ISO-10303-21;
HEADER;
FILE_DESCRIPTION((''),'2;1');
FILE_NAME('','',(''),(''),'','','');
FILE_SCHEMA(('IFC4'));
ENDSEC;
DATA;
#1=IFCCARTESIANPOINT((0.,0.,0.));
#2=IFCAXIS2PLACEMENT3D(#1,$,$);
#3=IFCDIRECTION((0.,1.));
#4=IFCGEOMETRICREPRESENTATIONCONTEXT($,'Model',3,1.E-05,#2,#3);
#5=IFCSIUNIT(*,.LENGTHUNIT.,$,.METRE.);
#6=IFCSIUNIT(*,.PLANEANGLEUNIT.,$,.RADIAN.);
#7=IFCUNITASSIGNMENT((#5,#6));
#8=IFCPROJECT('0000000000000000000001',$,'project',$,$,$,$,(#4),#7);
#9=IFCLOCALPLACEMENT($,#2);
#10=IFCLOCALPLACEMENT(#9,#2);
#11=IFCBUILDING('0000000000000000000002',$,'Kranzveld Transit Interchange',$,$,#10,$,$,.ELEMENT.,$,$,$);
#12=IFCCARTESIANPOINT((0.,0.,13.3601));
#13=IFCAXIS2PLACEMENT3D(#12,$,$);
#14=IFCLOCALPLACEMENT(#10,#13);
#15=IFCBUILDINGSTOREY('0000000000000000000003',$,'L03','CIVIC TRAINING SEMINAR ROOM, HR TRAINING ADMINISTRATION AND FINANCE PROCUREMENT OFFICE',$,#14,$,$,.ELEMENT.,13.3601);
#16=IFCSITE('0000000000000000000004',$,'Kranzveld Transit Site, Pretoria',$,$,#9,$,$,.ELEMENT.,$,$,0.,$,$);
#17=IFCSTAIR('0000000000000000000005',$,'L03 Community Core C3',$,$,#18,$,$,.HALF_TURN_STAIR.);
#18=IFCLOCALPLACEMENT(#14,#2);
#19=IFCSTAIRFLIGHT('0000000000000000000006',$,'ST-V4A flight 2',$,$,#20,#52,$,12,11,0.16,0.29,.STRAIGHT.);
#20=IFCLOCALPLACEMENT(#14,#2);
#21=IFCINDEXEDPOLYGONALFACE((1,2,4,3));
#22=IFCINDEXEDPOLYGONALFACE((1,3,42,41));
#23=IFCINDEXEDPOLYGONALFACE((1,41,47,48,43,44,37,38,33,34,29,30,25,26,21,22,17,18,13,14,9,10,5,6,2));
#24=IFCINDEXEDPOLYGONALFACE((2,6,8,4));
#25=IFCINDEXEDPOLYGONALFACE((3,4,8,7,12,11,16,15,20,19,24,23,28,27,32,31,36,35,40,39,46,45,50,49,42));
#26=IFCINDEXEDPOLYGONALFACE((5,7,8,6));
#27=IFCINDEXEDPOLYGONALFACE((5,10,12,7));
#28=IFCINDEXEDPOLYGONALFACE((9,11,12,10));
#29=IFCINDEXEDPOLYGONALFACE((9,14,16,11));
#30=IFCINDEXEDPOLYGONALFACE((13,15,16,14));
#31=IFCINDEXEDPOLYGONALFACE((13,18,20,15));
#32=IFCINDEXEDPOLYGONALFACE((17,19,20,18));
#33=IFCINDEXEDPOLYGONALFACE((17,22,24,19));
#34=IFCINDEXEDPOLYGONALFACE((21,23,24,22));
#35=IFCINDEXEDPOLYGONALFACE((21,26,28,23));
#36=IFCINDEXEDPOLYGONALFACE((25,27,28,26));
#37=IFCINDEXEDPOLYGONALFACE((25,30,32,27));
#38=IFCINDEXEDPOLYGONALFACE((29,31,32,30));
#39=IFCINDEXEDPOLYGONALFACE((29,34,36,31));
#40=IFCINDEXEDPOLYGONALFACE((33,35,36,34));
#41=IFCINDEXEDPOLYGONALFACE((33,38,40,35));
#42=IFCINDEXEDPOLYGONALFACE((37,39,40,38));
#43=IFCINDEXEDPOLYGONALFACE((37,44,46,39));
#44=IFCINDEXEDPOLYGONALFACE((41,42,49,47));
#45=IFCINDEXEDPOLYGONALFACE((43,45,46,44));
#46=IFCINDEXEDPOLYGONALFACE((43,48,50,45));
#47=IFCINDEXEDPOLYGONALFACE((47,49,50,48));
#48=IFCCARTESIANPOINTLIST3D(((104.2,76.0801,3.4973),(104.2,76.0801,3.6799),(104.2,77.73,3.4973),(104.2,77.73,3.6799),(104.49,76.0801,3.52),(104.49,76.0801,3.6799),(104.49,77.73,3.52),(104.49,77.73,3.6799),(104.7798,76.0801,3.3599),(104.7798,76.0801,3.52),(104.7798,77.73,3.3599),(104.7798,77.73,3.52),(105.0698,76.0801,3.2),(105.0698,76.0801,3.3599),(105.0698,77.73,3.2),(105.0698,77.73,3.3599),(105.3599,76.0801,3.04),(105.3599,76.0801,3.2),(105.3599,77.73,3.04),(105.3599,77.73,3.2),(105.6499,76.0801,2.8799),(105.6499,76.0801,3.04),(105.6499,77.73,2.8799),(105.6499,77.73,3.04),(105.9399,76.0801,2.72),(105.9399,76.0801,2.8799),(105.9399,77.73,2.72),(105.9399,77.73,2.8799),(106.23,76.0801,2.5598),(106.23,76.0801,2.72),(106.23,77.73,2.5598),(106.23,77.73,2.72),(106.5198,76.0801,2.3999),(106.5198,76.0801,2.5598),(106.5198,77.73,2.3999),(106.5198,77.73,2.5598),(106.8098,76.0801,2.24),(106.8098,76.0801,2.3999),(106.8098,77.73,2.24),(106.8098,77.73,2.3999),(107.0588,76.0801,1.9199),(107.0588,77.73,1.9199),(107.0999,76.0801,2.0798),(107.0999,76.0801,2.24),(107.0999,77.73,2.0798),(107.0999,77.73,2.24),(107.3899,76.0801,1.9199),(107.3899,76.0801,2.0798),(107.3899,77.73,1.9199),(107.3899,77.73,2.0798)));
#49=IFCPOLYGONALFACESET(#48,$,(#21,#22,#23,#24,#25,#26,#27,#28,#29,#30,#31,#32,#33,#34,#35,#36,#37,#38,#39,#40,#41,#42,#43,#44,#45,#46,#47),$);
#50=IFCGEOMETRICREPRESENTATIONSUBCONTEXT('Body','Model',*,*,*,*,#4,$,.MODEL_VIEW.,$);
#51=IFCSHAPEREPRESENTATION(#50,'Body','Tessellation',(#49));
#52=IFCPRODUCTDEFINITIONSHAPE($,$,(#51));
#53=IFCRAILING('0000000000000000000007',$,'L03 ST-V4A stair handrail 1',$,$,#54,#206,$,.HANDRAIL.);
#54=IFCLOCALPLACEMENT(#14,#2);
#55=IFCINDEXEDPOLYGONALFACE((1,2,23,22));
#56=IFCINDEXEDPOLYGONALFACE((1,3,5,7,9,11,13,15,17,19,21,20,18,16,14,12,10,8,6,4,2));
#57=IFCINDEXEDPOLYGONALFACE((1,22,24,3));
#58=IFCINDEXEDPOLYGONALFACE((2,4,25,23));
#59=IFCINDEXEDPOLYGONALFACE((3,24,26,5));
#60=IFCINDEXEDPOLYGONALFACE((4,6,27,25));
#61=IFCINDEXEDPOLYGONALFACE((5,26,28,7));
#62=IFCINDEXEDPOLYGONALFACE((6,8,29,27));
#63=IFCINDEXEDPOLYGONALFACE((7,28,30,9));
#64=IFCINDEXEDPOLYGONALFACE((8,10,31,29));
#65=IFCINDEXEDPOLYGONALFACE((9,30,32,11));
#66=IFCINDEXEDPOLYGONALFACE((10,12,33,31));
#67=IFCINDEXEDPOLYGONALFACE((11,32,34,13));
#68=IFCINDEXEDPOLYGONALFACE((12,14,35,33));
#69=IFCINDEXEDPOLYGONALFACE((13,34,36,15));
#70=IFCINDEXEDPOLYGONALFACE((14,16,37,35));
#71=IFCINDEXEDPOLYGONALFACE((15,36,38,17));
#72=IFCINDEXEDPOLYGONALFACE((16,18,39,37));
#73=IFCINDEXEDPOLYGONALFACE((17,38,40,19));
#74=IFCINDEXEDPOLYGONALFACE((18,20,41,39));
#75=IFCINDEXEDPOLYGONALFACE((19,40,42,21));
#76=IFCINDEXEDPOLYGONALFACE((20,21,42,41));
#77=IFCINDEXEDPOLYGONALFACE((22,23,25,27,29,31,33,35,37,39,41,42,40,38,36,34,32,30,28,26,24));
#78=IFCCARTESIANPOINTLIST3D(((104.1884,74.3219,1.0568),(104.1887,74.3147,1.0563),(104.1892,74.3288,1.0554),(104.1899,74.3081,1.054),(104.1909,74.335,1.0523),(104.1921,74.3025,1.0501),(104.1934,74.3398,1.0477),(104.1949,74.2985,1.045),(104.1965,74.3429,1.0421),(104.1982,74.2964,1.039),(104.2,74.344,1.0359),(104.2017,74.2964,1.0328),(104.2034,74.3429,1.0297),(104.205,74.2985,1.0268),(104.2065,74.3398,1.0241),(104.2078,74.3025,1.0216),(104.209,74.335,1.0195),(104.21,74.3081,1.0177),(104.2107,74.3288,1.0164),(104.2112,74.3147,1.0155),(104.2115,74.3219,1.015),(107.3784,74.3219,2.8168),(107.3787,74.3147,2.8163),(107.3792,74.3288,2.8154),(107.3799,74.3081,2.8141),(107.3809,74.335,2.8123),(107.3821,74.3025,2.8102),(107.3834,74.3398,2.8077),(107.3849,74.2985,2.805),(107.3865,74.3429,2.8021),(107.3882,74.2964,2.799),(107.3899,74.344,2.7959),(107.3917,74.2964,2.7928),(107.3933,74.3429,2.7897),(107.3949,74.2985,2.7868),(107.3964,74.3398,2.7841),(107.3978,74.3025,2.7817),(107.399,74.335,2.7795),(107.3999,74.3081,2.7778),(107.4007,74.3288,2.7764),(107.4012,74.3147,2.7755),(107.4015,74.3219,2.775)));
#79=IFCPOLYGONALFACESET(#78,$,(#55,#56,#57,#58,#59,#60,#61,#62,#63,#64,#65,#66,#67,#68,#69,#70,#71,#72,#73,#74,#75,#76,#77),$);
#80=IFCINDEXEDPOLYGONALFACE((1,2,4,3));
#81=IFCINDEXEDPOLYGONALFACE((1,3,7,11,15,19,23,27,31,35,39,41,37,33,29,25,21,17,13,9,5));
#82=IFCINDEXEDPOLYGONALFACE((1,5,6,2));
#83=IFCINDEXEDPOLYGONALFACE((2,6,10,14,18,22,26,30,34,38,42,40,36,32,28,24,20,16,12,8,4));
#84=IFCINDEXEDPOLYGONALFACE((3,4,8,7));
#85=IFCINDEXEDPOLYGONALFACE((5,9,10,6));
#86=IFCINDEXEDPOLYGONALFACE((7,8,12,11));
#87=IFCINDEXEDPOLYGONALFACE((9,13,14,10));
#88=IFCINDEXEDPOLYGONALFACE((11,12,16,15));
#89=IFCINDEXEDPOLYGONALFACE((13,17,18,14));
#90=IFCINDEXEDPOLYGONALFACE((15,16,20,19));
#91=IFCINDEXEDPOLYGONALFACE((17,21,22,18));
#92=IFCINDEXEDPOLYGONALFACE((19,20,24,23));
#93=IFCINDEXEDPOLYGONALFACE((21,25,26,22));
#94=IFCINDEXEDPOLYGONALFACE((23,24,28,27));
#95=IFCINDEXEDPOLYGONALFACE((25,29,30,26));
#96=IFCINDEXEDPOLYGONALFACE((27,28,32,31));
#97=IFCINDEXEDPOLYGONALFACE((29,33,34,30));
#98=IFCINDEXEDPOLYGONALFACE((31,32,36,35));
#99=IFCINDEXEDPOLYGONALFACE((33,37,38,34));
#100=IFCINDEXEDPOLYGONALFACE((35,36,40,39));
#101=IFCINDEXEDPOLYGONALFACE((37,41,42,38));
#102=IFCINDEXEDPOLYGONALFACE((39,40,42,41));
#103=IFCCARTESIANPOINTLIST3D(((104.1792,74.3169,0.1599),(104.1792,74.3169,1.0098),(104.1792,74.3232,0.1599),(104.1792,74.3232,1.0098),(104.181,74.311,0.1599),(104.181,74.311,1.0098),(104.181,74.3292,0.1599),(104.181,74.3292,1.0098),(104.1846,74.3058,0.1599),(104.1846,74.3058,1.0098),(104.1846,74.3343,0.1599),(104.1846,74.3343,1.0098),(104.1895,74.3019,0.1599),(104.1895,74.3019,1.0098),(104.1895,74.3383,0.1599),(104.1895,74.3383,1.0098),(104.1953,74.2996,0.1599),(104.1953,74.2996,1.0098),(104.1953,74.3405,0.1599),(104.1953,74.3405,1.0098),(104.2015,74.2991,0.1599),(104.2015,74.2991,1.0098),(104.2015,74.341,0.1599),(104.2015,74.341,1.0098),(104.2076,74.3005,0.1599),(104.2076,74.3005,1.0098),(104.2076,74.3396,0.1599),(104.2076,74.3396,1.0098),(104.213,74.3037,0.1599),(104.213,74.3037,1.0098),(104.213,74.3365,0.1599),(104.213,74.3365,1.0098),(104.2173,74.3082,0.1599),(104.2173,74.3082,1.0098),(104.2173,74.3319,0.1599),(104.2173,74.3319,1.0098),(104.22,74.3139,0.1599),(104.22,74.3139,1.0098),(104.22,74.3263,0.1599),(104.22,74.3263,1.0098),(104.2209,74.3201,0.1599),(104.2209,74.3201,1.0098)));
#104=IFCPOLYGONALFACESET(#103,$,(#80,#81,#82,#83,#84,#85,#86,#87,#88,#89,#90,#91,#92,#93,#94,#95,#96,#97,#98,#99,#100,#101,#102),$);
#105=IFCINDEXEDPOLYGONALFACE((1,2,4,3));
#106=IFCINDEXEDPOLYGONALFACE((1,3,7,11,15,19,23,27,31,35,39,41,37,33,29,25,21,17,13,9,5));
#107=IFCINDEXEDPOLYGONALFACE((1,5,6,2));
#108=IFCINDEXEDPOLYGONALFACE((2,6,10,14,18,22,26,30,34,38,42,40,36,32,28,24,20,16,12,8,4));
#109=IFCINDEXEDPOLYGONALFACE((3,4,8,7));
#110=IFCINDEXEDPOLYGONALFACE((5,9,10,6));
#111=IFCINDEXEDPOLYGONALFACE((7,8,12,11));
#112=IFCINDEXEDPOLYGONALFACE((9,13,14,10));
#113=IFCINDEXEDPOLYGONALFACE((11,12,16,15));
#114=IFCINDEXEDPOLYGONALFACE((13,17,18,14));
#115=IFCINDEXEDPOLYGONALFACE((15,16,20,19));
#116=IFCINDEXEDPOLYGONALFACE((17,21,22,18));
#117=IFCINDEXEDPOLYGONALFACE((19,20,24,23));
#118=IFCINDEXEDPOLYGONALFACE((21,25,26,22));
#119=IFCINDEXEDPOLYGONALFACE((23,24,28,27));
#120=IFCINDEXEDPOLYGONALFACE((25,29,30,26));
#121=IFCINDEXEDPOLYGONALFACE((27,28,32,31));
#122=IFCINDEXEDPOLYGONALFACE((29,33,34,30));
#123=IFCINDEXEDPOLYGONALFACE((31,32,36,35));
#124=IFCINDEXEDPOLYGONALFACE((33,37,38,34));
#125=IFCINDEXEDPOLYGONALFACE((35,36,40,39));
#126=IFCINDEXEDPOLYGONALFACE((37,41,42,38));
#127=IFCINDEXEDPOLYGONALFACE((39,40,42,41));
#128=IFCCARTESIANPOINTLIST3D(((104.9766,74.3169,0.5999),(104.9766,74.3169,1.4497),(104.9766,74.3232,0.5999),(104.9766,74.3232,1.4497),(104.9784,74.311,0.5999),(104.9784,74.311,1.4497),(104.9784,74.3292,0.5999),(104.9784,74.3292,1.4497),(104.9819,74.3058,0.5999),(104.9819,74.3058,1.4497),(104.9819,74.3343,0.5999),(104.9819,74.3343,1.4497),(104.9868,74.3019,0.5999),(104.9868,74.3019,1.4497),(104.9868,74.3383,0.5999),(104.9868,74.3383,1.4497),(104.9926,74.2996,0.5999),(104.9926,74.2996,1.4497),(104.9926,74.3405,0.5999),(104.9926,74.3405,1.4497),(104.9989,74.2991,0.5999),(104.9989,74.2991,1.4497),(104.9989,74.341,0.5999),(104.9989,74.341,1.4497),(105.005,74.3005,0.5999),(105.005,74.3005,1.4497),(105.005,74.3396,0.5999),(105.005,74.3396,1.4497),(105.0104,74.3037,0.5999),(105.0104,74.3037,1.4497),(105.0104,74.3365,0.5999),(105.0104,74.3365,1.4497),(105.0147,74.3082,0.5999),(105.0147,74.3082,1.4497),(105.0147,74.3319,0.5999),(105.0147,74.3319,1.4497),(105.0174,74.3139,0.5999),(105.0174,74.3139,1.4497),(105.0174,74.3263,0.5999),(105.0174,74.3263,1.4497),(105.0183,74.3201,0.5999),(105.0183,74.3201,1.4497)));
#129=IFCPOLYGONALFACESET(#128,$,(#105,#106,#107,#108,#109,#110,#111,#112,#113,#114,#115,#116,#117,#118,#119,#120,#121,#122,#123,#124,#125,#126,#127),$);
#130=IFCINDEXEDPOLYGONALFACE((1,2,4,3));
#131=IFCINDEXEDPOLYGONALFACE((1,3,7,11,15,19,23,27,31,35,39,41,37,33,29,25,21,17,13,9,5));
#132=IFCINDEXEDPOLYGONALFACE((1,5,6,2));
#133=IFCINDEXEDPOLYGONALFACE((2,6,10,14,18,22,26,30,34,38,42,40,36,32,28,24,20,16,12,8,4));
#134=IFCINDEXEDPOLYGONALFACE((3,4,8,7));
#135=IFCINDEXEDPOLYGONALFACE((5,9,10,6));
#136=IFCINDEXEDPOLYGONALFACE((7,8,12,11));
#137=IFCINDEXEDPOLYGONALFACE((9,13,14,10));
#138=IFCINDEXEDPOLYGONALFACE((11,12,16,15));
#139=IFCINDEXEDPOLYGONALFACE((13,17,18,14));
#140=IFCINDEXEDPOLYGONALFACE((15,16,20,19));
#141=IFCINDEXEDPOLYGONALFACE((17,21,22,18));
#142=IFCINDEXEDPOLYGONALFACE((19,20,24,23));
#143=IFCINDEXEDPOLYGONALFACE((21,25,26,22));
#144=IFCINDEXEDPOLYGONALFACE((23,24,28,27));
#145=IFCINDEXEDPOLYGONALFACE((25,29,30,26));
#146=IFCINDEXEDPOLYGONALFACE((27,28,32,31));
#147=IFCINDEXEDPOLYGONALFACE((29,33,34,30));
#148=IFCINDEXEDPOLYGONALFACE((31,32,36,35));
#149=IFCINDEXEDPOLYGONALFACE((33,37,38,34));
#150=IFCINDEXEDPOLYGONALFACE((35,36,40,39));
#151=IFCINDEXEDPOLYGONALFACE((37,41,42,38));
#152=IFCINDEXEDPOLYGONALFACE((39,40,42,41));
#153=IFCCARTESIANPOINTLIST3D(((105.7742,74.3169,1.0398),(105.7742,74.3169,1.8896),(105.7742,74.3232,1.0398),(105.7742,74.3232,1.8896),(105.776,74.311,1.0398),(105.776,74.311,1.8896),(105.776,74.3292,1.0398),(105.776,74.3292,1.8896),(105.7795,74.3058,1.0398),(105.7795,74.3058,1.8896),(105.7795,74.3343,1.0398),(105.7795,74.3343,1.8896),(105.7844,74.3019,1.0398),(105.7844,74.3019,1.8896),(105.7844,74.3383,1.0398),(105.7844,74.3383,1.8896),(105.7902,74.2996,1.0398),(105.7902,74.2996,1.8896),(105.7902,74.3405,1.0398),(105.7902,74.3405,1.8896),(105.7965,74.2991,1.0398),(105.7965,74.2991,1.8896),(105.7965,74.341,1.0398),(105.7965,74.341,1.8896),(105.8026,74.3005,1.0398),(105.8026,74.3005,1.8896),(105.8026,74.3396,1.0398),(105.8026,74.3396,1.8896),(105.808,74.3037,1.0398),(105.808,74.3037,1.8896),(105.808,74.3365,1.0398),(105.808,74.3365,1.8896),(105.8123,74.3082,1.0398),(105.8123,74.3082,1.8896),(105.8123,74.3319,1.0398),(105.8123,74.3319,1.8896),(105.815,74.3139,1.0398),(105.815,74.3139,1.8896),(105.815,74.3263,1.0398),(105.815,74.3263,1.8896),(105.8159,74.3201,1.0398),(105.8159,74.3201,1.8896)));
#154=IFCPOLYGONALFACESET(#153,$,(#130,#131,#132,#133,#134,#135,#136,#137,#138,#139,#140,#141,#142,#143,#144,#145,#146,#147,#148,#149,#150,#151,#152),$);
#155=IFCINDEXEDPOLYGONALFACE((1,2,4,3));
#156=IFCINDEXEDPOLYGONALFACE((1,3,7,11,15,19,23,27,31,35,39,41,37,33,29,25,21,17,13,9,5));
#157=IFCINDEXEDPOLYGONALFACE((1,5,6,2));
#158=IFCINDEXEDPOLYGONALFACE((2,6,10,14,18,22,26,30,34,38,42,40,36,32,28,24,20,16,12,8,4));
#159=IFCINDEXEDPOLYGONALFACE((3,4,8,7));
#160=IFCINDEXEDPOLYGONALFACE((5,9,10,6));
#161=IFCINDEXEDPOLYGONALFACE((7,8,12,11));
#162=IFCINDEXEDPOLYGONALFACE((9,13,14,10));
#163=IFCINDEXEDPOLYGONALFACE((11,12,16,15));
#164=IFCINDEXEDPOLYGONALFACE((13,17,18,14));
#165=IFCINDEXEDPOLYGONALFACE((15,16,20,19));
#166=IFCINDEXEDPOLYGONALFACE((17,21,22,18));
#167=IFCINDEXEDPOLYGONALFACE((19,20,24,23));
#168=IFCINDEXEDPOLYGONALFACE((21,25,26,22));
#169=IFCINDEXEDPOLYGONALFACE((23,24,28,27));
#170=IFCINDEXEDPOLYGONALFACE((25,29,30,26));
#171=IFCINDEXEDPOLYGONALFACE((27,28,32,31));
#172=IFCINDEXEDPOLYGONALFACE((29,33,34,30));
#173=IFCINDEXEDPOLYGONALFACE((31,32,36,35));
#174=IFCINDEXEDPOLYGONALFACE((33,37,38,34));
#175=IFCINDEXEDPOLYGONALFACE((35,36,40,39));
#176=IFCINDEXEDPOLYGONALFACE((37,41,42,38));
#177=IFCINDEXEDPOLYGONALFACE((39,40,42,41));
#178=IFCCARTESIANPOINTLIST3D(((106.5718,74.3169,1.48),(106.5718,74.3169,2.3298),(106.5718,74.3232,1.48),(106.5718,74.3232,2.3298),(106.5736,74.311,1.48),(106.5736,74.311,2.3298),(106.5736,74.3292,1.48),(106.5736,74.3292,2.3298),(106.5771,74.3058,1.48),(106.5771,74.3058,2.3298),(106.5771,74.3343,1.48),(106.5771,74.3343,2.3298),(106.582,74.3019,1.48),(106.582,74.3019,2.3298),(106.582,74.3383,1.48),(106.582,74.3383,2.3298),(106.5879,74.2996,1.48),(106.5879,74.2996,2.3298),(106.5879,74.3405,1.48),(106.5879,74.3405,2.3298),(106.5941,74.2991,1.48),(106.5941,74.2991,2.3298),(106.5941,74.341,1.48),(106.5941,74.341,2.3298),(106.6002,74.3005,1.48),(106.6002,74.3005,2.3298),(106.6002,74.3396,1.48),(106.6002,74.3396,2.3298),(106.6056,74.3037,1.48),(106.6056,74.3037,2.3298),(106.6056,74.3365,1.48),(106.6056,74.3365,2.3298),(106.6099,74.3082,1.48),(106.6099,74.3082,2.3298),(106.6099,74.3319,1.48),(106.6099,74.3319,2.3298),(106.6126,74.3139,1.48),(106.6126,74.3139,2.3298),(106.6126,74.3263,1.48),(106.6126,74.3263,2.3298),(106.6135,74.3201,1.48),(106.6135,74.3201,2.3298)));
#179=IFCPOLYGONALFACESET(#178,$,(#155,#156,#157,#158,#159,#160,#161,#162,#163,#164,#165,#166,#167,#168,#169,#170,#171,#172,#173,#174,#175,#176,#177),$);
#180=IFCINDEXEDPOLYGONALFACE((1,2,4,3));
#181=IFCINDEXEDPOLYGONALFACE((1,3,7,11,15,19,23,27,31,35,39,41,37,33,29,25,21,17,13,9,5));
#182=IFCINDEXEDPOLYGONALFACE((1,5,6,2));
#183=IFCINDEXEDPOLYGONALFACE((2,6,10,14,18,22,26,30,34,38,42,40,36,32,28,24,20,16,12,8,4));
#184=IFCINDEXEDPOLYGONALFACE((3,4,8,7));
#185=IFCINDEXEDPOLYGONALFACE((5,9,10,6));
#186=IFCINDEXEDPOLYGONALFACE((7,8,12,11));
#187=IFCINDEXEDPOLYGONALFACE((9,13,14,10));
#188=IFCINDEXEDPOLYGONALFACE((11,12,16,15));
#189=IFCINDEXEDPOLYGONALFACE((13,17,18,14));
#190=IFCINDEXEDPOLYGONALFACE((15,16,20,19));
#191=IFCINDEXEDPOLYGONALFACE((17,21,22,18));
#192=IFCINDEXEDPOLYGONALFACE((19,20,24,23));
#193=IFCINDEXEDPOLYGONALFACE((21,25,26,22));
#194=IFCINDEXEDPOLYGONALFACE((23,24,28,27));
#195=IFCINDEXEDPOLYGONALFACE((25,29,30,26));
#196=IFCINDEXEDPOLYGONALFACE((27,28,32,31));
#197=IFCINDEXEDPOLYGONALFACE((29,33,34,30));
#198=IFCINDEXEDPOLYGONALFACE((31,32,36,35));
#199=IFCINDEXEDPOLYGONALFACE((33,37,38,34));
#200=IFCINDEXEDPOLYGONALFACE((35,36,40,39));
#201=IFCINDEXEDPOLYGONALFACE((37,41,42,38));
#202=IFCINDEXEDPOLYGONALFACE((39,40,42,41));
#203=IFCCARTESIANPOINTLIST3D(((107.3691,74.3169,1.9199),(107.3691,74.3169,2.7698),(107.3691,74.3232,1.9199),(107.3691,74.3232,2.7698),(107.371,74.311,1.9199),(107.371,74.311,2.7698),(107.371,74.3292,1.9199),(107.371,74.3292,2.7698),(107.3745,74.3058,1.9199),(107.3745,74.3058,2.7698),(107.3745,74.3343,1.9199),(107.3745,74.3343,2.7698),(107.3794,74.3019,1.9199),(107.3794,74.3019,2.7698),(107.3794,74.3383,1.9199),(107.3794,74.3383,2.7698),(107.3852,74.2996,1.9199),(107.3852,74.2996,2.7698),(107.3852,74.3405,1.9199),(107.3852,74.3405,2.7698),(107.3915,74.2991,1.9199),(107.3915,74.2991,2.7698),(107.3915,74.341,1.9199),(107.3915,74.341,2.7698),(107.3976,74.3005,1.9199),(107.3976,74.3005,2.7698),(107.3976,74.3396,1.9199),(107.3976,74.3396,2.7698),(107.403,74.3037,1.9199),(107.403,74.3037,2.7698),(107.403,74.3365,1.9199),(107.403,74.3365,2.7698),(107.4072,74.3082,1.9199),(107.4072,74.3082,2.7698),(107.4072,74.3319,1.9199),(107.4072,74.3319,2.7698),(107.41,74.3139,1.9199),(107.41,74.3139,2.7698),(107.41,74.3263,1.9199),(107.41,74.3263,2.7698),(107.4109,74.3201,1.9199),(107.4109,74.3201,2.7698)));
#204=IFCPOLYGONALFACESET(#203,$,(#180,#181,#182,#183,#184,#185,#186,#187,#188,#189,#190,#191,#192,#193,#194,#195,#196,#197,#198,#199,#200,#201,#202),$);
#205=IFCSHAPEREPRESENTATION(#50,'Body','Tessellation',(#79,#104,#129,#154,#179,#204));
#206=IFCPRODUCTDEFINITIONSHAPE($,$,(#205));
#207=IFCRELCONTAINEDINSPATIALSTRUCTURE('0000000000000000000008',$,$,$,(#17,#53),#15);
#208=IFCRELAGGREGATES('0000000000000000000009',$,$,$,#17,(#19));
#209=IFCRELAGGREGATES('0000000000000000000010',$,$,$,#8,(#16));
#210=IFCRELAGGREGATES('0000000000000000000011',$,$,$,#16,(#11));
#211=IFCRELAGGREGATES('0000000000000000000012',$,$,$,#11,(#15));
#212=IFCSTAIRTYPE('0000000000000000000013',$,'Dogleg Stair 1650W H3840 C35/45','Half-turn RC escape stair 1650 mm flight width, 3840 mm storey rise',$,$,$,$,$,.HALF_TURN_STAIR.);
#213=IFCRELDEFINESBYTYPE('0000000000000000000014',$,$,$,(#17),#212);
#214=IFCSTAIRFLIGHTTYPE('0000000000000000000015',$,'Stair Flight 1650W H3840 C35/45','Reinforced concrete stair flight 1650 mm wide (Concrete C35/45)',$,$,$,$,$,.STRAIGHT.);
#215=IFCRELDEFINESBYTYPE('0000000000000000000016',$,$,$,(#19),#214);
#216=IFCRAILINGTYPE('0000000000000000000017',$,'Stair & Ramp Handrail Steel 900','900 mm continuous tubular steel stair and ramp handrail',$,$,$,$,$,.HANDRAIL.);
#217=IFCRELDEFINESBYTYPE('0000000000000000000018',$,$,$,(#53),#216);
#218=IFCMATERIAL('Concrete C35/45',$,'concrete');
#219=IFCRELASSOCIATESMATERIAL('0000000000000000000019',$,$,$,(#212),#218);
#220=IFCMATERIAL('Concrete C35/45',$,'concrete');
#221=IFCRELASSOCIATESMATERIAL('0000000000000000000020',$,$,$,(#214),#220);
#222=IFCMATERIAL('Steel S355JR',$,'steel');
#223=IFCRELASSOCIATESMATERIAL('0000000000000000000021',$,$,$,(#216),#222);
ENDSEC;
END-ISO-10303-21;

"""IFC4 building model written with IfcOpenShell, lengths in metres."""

from ifc_helpers import new_model, si_unit, direction, frame, origin, origin_2d, place, context, subcontext, project, spatial, polyline, circle, outline, extrude, material, type_object, element, aggregate, save


model = new_model("IFC4")

# Units and contexts
model_context = context("Model", 3, precision=1e-05, world=origin(), true_north=direction((0.0, 1.0)))
body_context = subcontext(model_context, "Body", "Model", "MODEL_VIEW")
ifc_project = project(units=[si_unit("LENGTHUNIT", "METRE"), si_unit("PLANEANGLEUNIT", "RADIAN")], contexts=[model_context])

# Site, building, storey
site_placement = place(None, origin())
site = spatial("IfcSite", under=ifc_project, at=site_placement, Name="Kranzveld Transit Site, Pretoria", CompositionType="ELEMENT", RefElevation=0.0)
building_placement = place(site_placement, origin())
building = spatial("IfcBuilding", under=site, at=building_placement, Name="Kranzveld Transit Interchange", CompositionType="ELEMENT")
storey_placement = place(building_placement, frame((0.0, 0.0, 13.3601)))
storey = spatial("IfcBuildingStorey", under=building, at=storey_placement, Name="L03", Description="CIVIC TRAINING SEMINAR ROOM, HR TRAINING ADMINISTRATION AND FINANCE PROCUREMENT OFFICE", CompositionType="ELEMENT", Elevation=13.3601)

# Stair, stair flight
ifc_material_1 = material(Name="Concrete C35/45", Category="concrete")
stair_type = type_object("IfcStairType", Name="Dogleg Stair 1650W H3840 C35/45", Description="Half-turn RC escape stair 1650 mm flight width, 3840 mm storey rise", PredefinedType="HALF_TURN_STAIR", material=ifc_material_1)
stair_placement = place(storey_placement, origin())
stair = element("IfcStair", 1, at=stair_placement, inside=storey, type_object=stair_type, Name="L03 Community Core C3", PredefinedType="HALF_TURN_STAIR")
ifc_material_2 = material(Name="Concrete C35/45", Category="concrete")
stair_flight_type = type_object("IfcStairFlightType", Name="Stair Flight 1650W H3840 C35/45", Description="Reinforced concrete stair flight 1650 mm wide (Concrete C35/45)", PredefinedType="STRAIGHT", material=ifc_material_2)
stair_flight_1_placement = place(storey_placement, frame((107.3899, 76.905, 1.9199), z_axis=(0.0, 0.0, 1.0), x_axis=(-1.0, 0.0, 0.0)))
stair_flight_1 = element("IfcStairFlight", 2, at=stair_flight_1_placement, type_object=stair_flight_type, Name="ST-V4A flight 2", NumberOfRisers=12, NumberOfTreads=11, PredefinedType="STRAIGHT", RiserHeight=0.16, TreadLength=0.29, context=body_context, shape_type="SweptSolid", body=[
    extrude(outline(polyline([(0.0, 0.0), (0.0, 0.1599), (0.29, 0.1599), (0.29, 0.3201), (0.5801, 0.3201), (0.5801, 0.48), (0.8701, 0.48), (0.8701, 0.6399), (1.1599, 0.6399), (1.1599, 0.8), (1.45, 0.8), (1.45, 0.96), (1.74, 0.96), (1.74, 1.1201), (2.03, 1.1201), (2.03, 1.28), (2.3201, 1.28), (2.3201, 1.4399), (2.6101, 1.4399), (2.6101, 1.6001), (2.8999, 1.6001), (2.8999, 1.76), (3.1899, 1.76), (3.1899, 1.9199), (3.1899, 1.5774), (0.3311, 0.0), (0.0, 0.0)])), frame((0.0, 0.825, 0.0), z_axis=(0.0, -1.0, 0.0), x_axis=(1.0, 0.0, 0.0)), (0.0, 0.0, 1.0), 1.6499),
])
aggregate(stair, [stair_flight_1])

# Railing
ifc_material_3 = material(Name="Steel S355JR", Category="steel")
railing_type_1 = type_object("IfcRailingType", Name="Stair & Ramp Handrail Steel 900", Description="900 mm continuous tubular steel stair and ramp handrail", PredefinedType="HANDRAIL", material=ifc_material_3)
railing_1_placement = place(storey_placement, frame((104.2, 74.3201, 0.1599)))
element("IfcRailing", 3, at=railing_1_placement, inside=storey, type_object=railing_type_1, Name="L03 ST-V4A stair handrail 1", PredefinedType="HANDRAIL", context=body_context, shape_type="SweptSolid", body=[
    extrude(circle(Radius=0.0239, at=origin_2d()), frame((0.0, 0.0, 0.876), z_axis=(0.875573, 0.0, 0.483086), x_axis=(0.0, 1.0, 0.0)), (0.0, 0.0, 1.0), 3.6433),
    extrude(circle(Radius=0.021, at=origin_2d()), origin(), (0.0, 0.0, 1.0), 0.8499),
    extrude(circle(Radius=0.021, at=origin_2d()), frame((0.7974, 0.0, 0.4399)), (0.0, 0.0, 1.0), 0.8499),
    extrude(circle(Radius=0.021, at=origin_2d()), frame((1.595, 0.0, 0.8799)), (0.0, 0.0, 1.0), 0.8499),
    extrude(circle(Radius=0.021, at=origin_2d()), frame((2.3926, 0.0, 1.3201)), (0.0, 0.0, 1.0), 0.8499),
    extrude(circle(Radius=0.021, at=origin_2d()), frame((3.1899, 0.0, 1.76)), (0.0, 0.0, 1.0), 0.8499),
])

save(model, "model.ifc")
